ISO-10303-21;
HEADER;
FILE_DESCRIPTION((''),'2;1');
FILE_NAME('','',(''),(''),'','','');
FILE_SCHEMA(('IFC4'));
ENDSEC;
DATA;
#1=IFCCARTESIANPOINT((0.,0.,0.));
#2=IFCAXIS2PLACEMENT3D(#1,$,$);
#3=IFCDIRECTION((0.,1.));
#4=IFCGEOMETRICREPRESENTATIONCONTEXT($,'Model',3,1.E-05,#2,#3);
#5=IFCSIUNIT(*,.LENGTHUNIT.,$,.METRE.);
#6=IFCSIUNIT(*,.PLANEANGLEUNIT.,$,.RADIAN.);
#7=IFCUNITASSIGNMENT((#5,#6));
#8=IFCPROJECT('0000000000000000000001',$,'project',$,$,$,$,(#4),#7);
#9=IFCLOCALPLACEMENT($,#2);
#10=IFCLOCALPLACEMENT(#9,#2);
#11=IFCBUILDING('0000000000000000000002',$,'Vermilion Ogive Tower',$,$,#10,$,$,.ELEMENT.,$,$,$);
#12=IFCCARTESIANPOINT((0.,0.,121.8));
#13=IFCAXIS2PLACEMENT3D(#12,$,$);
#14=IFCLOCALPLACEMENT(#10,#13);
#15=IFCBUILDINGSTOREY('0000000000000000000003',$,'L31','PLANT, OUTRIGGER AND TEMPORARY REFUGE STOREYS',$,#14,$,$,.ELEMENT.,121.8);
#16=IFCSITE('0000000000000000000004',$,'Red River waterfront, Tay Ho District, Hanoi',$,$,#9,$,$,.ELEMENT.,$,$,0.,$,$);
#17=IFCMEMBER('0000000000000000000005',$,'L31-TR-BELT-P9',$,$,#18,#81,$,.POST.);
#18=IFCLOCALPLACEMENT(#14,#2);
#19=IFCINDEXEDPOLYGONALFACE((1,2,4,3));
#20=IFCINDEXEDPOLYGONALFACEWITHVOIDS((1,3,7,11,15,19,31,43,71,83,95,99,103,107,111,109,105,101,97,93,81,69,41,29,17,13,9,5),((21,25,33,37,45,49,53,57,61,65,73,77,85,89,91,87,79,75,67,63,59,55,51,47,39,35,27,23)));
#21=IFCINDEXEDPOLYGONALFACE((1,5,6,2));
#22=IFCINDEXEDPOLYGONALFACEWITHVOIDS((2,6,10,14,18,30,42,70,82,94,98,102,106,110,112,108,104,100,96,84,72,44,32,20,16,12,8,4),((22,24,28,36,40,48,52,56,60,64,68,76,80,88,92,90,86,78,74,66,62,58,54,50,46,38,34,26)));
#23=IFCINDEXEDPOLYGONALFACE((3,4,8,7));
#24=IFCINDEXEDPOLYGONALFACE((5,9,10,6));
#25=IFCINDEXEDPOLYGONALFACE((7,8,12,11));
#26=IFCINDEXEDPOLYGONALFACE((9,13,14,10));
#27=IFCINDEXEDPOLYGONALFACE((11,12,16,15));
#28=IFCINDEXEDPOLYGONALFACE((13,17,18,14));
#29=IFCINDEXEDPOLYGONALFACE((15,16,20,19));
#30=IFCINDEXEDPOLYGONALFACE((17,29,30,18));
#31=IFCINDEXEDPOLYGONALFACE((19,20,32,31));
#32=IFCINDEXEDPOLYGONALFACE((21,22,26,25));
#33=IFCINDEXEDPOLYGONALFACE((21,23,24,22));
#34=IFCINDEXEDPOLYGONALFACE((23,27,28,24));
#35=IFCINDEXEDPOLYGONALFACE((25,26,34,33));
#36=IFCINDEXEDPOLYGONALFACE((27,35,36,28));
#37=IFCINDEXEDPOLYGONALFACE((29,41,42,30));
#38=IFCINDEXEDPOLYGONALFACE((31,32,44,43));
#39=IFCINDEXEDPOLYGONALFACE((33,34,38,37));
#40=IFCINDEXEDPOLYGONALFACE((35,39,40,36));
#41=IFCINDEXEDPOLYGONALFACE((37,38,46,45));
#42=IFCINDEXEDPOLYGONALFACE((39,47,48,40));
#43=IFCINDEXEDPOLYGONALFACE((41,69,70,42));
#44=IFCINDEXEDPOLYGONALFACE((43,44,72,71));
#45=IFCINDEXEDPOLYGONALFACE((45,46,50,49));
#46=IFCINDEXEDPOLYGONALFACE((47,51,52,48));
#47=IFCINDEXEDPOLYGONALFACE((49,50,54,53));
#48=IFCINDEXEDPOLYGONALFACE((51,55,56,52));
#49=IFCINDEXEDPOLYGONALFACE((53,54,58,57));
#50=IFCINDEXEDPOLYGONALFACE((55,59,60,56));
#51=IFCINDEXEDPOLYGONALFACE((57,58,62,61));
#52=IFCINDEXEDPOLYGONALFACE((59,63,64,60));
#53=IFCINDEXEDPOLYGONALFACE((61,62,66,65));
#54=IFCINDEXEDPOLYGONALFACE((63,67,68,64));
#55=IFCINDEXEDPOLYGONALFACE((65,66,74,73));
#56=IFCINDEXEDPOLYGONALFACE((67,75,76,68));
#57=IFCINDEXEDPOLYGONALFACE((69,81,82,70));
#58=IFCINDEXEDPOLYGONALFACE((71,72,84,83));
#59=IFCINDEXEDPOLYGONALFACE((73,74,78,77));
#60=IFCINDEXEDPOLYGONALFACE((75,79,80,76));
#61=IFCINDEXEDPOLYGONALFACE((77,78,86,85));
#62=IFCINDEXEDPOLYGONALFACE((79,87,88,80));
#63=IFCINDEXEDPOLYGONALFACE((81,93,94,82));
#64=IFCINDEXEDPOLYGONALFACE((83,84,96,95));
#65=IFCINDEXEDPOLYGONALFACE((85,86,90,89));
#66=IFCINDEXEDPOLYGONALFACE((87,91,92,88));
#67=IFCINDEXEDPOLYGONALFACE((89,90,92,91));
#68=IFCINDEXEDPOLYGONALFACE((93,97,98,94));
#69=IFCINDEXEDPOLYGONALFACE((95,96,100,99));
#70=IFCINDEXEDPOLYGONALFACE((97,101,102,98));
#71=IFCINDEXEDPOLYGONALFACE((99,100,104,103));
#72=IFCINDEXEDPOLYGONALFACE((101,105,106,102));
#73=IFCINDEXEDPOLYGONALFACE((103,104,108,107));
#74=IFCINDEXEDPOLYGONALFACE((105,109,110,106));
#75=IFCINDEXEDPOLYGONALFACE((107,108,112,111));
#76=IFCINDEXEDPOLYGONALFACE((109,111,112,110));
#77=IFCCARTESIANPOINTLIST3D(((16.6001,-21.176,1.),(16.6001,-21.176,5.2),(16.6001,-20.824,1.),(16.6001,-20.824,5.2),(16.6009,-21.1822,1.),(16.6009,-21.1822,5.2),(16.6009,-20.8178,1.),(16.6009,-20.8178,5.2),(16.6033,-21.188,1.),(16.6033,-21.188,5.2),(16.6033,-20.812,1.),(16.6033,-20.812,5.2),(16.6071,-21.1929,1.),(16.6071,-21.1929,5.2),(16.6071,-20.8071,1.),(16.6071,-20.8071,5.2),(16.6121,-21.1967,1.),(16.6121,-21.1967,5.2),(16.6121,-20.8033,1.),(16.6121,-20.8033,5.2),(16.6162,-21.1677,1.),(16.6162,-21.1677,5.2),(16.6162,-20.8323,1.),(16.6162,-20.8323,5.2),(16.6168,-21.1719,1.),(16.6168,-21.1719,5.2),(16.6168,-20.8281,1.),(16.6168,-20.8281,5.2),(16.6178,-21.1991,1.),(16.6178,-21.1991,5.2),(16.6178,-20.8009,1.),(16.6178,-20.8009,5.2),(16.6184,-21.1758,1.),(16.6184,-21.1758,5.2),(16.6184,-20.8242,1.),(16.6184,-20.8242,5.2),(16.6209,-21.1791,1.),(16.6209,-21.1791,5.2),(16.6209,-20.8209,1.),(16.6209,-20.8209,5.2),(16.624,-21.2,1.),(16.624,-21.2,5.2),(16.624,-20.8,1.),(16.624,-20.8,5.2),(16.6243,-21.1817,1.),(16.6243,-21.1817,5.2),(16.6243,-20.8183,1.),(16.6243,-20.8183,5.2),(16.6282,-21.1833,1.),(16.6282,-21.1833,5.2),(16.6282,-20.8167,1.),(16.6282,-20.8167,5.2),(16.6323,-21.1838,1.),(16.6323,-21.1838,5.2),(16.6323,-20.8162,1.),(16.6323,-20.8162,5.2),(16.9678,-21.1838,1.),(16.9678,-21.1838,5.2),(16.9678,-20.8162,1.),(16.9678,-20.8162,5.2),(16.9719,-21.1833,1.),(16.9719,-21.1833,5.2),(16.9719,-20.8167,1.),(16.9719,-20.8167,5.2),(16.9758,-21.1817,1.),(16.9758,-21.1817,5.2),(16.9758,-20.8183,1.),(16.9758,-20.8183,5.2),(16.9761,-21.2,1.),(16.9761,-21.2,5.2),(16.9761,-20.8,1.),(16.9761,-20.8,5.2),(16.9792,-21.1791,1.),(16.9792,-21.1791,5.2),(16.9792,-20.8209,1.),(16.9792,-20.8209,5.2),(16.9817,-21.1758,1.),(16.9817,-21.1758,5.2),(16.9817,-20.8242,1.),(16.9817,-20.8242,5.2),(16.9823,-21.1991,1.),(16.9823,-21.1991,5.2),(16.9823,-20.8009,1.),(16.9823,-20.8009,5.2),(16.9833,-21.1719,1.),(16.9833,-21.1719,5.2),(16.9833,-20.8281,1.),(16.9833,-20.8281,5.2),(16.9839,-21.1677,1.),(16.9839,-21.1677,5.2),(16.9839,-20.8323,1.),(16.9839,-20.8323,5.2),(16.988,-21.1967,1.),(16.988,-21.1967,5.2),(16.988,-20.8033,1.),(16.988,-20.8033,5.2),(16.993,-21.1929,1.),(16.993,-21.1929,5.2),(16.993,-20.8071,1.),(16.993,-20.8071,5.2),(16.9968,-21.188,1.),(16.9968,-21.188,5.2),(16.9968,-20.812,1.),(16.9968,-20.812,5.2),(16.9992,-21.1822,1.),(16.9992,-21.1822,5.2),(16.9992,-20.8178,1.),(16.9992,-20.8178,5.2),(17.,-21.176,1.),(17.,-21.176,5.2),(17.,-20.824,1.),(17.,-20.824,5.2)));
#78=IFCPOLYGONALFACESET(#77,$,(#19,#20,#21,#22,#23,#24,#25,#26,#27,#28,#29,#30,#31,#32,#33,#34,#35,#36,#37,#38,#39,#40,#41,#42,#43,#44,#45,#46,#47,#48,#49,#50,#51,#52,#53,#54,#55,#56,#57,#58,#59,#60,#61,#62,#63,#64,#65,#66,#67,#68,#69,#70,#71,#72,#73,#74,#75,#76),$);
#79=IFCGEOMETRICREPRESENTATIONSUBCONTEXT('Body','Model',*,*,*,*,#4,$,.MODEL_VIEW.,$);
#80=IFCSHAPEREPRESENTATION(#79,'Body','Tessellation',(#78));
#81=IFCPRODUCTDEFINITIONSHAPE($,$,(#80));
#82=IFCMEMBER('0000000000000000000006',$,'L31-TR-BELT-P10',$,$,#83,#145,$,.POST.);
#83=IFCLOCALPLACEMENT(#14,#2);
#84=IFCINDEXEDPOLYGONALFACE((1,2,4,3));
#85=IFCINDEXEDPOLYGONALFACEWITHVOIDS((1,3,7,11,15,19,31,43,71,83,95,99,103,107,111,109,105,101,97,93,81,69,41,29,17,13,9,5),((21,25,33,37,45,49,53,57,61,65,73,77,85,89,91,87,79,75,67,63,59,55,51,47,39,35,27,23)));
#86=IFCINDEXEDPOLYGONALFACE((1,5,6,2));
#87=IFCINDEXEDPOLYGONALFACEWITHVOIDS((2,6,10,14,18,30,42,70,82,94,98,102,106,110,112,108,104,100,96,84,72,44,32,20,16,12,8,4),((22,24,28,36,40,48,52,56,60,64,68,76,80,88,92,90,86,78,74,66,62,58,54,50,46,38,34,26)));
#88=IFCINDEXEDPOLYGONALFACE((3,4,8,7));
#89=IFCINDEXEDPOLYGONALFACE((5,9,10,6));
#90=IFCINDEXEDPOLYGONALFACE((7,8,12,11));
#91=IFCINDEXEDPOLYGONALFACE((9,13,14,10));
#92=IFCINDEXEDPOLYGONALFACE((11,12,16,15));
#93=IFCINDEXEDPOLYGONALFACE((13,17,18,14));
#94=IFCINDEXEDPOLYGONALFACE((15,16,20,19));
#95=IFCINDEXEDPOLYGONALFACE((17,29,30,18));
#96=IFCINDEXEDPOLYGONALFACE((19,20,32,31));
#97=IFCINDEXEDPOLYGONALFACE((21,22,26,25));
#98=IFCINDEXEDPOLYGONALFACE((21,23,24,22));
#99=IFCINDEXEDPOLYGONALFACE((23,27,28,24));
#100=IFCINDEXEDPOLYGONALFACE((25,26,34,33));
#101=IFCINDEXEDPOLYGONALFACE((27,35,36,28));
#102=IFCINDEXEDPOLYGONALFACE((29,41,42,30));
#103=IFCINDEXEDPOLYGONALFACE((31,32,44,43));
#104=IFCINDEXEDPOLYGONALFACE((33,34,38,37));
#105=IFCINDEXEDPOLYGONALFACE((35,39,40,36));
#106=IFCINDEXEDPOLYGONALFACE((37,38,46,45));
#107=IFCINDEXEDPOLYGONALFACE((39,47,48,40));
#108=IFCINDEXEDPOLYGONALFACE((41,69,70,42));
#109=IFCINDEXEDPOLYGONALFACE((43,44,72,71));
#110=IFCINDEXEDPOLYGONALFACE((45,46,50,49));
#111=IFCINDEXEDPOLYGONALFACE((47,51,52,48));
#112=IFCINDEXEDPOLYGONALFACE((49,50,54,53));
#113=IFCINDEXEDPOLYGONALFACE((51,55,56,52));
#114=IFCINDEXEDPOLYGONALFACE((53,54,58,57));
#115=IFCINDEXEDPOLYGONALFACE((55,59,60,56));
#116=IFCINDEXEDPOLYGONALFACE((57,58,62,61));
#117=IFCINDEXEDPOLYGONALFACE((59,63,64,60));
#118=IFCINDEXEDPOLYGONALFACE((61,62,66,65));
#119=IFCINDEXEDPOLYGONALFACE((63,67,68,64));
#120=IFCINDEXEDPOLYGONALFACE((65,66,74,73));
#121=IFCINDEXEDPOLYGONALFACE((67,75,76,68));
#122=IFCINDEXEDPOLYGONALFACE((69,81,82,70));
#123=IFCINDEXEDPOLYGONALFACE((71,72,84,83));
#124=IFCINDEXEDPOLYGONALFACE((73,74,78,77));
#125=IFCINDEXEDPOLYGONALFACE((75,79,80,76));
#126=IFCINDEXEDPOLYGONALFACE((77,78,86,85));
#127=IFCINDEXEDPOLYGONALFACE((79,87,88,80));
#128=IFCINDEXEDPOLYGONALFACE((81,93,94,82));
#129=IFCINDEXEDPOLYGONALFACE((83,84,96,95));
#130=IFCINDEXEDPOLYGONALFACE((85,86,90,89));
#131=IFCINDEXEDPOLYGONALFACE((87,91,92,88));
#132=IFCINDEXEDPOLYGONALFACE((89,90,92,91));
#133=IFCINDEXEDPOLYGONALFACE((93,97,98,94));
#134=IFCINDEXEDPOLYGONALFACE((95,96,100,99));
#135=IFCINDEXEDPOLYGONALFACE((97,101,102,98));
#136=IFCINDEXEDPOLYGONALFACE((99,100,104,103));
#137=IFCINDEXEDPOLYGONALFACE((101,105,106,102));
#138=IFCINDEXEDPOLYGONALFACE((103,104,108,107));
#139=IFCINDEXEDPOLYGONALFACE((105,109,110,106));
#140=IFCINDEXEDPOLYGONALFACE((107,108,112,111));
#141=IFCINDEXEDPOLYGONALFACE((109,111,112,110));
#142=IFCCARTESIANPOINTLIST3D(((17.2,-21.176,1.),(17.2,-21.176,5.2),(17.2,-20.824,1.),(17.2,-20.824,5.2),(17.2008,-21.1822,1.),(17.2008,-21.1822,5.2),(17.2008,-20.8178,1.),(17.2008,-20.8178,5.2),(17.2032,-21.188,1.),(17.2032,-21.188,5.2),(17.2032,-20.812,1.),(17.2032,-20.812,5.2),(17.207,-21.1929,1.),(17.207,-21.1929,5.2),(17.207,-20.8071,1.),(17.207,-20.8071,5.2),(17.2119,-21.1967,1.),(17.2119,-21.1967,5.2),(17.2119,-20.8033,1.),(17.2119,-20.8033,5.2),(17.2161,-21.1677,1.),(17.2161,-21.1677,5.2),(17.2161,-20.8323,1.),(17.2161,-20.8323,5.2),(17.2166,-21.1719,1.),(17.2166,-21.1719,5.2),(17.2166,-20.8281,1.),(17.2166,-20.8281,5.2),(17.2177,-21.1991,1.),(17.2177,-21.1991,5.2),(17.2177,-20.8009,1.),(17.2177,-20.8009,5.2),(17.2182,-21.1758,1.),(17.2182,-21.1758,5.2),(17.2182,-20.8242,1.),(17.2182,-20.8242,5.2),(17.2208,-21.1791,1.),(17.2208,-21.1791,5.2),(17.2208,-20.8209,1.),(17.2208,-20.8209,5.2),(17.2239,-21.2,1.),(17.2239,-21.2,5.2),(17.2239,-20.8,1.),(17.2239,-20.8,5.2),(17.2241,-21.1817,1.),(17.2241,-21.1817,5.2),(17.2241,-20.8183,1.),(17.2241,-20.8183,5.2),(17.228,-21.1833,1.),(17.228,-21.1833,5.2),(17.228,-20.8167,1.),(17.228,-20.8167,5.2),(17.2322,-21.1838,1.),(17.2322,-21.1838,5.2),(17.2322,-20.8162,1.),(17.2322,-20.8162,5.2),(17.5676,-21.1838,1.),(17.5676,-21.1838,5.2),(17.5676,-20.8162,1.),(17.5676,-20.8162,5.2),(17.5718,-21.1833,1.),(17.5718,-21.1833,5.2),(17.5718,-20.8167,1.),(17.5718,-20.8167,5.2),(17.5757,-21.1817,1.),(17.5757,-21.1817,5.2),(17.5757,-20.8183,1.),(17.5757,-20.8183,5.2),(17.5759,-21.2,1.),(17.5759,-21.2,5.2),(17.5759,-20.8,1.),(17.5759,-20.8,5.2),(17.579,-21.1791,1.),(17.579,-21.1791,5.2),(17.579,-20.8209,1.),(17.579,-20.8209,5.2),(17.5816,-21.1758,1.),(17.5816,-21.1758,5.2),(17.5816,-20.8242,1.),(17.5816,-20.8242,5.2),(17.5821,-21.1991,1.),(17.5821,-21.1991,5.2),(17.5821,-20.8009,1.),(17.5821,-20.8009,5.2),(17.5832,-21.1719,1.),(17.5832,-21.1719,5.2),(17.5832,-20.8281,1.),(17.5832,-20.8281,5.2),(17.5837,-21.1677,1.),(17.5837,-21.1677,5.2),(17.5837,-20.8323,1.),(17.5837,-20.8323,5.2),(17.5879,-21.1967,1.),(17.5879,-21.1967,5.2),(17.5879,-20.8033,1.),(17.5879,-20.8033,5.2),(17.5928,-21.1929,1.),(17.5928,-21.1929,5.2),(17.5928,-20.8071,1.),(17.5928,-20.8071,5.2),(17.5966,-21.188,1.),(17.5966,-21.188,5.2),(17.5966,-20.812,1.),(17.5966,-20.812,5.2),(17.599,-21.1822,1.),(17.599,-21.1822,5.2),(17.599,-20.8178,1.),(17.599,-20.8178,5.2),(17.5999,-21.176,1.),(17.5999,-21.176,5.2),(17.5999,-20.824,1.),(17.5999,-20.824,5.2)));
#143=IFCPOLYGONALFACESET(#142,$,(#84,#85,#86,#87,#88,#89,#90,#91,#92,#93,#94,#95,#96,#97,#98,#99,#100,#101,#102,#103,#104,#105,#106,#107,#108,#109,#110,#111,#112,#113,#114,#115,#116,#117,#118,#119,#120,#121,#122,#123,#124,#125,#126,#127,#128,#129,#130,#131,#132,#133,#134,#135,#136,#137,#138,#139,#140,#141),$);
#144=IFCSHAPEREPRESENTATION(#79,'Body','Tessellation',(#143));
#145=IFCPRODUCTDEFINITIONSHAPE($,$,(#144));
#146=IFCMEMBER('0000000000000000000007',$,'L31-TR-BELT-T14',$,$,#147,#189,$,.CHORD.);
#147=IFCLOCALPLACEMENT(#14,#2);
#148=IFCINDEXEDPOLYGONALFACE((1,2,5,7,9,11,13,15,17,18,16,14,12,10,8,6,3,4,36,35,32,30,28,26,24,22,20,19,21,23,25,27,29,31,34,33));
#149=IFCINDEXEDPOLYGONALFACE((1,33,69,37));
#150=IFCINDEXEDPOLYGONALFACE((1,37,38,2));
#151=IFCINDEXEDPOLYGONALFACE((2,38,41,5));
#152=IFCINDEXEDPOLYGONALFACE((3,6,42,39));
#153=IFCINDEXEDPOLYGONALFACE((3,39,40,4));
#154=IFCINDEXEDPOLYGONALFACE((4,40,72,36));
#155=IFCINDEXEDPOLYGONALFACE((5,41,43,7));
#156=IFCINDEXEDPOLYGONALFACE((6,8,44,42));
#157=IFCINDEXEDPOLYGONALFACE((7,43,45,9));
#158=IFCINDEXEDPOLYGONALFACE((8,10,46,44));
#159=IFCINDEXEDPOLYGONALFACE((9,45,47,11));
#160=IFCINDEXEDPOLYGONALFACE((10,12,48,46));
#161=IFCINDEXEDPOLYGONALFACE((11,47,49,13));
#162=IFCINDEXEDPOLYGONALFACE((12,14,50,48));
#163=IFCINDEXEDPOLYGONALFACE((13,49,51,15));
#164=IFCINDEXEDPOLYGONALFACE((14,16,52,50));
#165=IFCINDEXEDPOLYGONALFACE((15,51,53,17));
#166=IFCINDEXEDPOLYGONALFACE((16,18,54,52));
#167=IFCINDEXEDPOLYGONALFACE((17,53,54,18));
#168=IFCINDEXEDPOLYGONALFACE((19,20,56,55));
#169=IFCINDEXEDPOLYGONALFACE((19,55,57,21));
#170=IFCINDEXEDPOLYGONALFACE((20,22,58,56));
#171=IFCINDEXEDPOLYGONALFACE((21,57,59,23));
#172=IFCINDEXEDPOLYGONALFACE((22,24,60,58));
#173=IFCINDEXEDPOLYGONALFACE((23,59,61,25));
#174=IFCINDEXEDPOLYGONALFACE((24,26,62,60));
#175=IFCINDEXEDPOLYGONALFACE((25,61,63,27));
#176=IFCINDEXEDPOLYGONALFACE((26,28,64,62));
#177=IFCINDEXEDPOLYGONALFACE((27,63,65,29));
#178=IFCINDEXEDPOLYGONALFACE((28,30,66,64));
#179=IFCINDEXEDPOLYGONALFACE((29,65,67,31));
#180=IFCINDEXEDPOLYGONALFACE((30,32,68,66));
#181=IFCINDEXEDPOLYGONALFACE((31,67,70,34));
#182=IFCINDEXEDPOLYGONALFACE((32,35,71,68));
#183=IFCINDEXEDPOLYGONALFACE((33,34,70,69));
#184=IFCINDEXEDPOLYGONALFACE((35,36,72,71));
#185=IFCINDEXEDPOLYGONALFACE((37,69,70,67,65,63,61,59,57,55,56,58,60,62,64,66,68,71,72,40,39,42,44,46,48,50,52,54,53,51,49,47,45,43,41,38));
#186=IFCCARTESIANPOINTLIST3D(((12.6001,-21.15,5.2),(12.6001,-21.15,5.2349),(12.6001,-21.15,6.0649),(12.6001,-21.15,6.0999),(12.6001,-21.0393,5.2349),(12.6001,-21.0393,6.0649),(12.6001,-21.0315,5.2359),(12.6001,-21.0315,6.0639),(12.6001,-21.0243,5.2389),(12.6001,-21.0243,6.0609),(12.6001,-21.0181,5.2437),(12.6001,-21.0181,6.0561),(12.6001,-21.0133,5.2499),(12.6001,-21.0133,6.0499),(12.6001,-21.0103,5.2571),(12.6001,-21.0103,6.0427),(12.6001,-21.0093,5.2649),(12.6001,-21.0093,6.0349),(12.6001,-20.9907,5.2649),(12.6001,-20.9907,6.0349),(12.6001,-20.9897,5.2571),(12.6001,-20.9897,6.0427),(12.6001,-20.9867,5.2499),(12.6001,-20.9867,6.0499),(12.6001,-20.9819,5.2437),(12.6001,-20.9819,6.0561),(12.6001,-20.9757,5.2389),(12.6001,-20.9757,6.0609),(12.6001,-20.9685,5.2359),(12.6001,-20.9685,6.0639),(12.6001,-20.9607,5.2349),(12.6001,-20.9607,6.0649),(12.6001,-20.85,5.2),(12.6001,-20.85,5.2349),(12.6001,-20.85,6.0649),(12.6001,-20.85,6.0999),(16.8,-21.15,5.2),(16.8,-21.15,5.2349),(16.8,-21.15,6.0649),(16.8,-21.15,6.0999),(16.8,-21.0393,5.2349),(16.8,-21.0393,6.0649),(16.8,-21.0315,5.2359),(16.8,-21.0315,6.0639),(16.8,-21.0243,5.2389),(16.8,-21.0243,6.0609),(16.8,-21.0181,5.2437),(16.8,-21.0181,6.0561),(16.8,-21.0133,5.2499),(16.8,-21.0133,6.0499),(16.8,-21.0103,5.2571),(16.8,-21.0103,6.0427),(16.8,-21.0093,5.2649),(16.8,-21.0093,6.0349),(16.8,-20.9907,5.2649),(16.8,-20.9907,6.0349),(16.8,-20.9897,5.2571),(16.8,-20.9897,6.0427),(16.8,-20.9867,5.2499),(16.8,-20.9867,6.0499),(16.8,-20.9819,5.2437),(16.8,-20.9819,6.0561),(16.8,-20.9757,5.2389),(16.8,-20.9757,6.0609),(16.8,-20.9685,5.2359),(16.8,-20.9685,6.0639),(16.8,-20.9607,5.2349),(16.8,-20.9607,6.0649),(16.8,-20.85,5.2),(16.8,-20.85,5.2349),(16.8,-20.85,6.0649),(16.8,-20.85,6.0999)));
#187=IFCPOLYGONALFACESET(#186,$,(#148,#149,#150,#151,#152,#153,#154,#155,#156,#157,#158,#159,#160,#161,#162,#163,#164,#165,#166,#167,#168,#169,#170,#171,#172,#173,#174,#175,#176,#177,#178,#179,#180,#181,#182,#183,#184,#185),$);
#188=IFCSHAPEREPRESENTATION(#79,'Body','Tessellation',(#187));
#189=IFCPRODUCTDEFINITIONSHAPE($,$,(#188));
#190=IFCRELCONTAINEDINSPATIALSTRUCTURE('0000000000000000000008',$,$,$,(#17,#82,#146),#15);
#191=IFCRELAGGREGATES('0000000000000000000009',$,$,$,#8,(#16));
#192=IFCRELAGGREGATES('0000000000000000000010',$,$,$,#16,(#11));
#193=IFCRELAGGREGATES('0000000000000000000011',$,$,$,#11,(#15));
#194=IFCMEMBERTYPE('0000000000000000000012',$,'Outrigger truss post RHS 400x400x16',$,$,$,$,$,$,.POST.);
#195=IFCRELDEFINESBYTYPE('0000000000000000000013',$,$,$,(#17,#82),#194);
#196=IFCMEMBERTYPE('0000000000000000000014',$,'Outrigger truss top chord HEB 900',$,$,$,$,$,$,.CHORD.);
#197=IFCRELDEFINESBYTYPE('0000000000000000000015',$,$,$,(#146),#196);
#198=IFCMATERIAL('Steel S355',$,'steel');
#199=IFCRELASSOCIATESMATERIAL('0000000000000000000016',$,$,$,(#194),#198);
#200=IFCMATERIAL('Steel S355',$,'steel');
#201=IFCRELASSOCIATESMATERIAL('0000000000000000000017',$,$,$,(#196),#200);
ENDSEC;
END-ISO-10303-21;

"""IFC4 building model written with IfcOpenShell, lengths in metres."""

from ifc_helpers import new_model, si_unit, direction, frame, origin, origin_2d, place, context, subcontext, project, spatial, hollow_rectangle, i_section, extrude, material, material_profile, profile_set, type_object, element, save


model = new_model("IFC4")

# Units and contexts
model_context = context("Model", 3, precision=1e-05, world=origin(), true_north=direction((0.0, 1.0)))
body_context = subcontext(model_context, "Body", "Model", "MODEL_VIEW")
ifc_project = project(units=[si_unit("LENGTHUNIT", "METRE"), si_unit("PLANEANGLEUNIT", "RADIAN")], contexts=[model_context])

# Site, building, storey
site_placement = place(None, origin())
site = spatial("IfcSite", under=ifc_project, at=site_placement, Name="Red River waterfront, Tay Ho District, Hanoi", CompositionType="ELEMENT", RefElevation=0.0)
building_placement = place(site_placement, origin())
building = spatial("IfcBuilding", under=site, at=building_placement, Name="Vermilion Ogive Tower", CompositionType="ELEMENT")
storey_placement = place(building_placement, frame((0.0, 0.0, 121.8)))
storey = spatial("IfcBuildingStorey", under=building, at=storey_placement, Name="L31", Description="PLANT, OUTRIGGER AND TEMPORARY REFUGE STOREYS", CompositionType="ELEMENT", Elevation=121.8)

# Members
ifc_material_1 = material(Name="Steel S355", Category="steel")
ifc_material_profile_1 = material_profile(ifc_material_1, hollow_rectangle(XDim=0.3999, YDim=0.3999, WallThickness=0.0161, InnerFilletRadius=0.0161, OuterFilletRadius=0.0239, at=origin_2d()), Name="RHS 400x400x16")
ifc_profile_set_1 = profile_set([ifc_material_profile_1], Name="Steel S355")
member_type_1 = type_object("IfcMemberType", Name="Outrigger truss post RHS 400x400x16", PredefinedType="POST", material=ifc_profile_set_1)
for number, where, z_axis, x_axis, name in (
    (1, (16.8, -21.0, 1.0), (0.0, 0.0, 1.0), (1.0, 0.0, 0.0), "L31-TR-BELT-P9"),
    (2, (17.3999, -21.0, 1.0), (0.0, 0.0, 1.0), (1.0, 0.0, 0.0), "L31-TR-BELT-P10"),
):
    element("IfcMember", number, at=place(storey_placement, frame(where, z_axis=z_axis, x_axis=x_axis)), inside=storey, type_object=member_type_1, Name=name, PredefinedType="POST", context=body_context, shape_type="SweptSolid", body=[
        extrude(hollow_rectangle(XDim=0.3999, YDim=0.3999, WallThickness=0.0161, InnerFilletRadius=0.0161, OuterFilletRadius=0.0239, at=origin_2d()), origin(), (0.0, 0.0, 1.0), 4.2),
    ])
ifc_material_2 = material(Name="Steel S355", Category="steel")
ifc_material_profile_2 = material_profile(ifc_material_2, i_section(OverallWidth=0.3, OverallDepth=0.8999, WebThickness=0.0186, FlangeThickness=0.0349, FilletRadius=0.03, at=origin_2d()), Name="HEB 900")
ifc_profile_set_2 = profile_set([ifc_material_profile_2], Name="Steel S355")
member_type_2 = type_object("IfcMemberType", Name="Outrigger truss top chord HEB 900", PredefinedType="CHORD", material=ifc_profile_set_2)
member_1_placement = place(storey_placement, frame((12.6001, -21.0, 5.6499), z_axis=(1.0, 0.0, 0.0), x_axis=(0.0, 1.0, 0.0)))
element("IfcMember", 3, at=member_1_placement, inside=storey, type_object=member_type_2, Name="L31-TR-BELT-T14", PredefinedType="CHORD", context=body_context, shape_type="SweptSolid", body=[
    extrude(i_section(OverallWidth=0.3, OverallDepth=0.8999, WebThickness=0.0186, FlangeThickness=0.0349, FilletRadius=0.03, at=origin_2d()), origin(), (0.0, 0.0, 1.0), 4.2),
])

save(model, "model.ifc")
